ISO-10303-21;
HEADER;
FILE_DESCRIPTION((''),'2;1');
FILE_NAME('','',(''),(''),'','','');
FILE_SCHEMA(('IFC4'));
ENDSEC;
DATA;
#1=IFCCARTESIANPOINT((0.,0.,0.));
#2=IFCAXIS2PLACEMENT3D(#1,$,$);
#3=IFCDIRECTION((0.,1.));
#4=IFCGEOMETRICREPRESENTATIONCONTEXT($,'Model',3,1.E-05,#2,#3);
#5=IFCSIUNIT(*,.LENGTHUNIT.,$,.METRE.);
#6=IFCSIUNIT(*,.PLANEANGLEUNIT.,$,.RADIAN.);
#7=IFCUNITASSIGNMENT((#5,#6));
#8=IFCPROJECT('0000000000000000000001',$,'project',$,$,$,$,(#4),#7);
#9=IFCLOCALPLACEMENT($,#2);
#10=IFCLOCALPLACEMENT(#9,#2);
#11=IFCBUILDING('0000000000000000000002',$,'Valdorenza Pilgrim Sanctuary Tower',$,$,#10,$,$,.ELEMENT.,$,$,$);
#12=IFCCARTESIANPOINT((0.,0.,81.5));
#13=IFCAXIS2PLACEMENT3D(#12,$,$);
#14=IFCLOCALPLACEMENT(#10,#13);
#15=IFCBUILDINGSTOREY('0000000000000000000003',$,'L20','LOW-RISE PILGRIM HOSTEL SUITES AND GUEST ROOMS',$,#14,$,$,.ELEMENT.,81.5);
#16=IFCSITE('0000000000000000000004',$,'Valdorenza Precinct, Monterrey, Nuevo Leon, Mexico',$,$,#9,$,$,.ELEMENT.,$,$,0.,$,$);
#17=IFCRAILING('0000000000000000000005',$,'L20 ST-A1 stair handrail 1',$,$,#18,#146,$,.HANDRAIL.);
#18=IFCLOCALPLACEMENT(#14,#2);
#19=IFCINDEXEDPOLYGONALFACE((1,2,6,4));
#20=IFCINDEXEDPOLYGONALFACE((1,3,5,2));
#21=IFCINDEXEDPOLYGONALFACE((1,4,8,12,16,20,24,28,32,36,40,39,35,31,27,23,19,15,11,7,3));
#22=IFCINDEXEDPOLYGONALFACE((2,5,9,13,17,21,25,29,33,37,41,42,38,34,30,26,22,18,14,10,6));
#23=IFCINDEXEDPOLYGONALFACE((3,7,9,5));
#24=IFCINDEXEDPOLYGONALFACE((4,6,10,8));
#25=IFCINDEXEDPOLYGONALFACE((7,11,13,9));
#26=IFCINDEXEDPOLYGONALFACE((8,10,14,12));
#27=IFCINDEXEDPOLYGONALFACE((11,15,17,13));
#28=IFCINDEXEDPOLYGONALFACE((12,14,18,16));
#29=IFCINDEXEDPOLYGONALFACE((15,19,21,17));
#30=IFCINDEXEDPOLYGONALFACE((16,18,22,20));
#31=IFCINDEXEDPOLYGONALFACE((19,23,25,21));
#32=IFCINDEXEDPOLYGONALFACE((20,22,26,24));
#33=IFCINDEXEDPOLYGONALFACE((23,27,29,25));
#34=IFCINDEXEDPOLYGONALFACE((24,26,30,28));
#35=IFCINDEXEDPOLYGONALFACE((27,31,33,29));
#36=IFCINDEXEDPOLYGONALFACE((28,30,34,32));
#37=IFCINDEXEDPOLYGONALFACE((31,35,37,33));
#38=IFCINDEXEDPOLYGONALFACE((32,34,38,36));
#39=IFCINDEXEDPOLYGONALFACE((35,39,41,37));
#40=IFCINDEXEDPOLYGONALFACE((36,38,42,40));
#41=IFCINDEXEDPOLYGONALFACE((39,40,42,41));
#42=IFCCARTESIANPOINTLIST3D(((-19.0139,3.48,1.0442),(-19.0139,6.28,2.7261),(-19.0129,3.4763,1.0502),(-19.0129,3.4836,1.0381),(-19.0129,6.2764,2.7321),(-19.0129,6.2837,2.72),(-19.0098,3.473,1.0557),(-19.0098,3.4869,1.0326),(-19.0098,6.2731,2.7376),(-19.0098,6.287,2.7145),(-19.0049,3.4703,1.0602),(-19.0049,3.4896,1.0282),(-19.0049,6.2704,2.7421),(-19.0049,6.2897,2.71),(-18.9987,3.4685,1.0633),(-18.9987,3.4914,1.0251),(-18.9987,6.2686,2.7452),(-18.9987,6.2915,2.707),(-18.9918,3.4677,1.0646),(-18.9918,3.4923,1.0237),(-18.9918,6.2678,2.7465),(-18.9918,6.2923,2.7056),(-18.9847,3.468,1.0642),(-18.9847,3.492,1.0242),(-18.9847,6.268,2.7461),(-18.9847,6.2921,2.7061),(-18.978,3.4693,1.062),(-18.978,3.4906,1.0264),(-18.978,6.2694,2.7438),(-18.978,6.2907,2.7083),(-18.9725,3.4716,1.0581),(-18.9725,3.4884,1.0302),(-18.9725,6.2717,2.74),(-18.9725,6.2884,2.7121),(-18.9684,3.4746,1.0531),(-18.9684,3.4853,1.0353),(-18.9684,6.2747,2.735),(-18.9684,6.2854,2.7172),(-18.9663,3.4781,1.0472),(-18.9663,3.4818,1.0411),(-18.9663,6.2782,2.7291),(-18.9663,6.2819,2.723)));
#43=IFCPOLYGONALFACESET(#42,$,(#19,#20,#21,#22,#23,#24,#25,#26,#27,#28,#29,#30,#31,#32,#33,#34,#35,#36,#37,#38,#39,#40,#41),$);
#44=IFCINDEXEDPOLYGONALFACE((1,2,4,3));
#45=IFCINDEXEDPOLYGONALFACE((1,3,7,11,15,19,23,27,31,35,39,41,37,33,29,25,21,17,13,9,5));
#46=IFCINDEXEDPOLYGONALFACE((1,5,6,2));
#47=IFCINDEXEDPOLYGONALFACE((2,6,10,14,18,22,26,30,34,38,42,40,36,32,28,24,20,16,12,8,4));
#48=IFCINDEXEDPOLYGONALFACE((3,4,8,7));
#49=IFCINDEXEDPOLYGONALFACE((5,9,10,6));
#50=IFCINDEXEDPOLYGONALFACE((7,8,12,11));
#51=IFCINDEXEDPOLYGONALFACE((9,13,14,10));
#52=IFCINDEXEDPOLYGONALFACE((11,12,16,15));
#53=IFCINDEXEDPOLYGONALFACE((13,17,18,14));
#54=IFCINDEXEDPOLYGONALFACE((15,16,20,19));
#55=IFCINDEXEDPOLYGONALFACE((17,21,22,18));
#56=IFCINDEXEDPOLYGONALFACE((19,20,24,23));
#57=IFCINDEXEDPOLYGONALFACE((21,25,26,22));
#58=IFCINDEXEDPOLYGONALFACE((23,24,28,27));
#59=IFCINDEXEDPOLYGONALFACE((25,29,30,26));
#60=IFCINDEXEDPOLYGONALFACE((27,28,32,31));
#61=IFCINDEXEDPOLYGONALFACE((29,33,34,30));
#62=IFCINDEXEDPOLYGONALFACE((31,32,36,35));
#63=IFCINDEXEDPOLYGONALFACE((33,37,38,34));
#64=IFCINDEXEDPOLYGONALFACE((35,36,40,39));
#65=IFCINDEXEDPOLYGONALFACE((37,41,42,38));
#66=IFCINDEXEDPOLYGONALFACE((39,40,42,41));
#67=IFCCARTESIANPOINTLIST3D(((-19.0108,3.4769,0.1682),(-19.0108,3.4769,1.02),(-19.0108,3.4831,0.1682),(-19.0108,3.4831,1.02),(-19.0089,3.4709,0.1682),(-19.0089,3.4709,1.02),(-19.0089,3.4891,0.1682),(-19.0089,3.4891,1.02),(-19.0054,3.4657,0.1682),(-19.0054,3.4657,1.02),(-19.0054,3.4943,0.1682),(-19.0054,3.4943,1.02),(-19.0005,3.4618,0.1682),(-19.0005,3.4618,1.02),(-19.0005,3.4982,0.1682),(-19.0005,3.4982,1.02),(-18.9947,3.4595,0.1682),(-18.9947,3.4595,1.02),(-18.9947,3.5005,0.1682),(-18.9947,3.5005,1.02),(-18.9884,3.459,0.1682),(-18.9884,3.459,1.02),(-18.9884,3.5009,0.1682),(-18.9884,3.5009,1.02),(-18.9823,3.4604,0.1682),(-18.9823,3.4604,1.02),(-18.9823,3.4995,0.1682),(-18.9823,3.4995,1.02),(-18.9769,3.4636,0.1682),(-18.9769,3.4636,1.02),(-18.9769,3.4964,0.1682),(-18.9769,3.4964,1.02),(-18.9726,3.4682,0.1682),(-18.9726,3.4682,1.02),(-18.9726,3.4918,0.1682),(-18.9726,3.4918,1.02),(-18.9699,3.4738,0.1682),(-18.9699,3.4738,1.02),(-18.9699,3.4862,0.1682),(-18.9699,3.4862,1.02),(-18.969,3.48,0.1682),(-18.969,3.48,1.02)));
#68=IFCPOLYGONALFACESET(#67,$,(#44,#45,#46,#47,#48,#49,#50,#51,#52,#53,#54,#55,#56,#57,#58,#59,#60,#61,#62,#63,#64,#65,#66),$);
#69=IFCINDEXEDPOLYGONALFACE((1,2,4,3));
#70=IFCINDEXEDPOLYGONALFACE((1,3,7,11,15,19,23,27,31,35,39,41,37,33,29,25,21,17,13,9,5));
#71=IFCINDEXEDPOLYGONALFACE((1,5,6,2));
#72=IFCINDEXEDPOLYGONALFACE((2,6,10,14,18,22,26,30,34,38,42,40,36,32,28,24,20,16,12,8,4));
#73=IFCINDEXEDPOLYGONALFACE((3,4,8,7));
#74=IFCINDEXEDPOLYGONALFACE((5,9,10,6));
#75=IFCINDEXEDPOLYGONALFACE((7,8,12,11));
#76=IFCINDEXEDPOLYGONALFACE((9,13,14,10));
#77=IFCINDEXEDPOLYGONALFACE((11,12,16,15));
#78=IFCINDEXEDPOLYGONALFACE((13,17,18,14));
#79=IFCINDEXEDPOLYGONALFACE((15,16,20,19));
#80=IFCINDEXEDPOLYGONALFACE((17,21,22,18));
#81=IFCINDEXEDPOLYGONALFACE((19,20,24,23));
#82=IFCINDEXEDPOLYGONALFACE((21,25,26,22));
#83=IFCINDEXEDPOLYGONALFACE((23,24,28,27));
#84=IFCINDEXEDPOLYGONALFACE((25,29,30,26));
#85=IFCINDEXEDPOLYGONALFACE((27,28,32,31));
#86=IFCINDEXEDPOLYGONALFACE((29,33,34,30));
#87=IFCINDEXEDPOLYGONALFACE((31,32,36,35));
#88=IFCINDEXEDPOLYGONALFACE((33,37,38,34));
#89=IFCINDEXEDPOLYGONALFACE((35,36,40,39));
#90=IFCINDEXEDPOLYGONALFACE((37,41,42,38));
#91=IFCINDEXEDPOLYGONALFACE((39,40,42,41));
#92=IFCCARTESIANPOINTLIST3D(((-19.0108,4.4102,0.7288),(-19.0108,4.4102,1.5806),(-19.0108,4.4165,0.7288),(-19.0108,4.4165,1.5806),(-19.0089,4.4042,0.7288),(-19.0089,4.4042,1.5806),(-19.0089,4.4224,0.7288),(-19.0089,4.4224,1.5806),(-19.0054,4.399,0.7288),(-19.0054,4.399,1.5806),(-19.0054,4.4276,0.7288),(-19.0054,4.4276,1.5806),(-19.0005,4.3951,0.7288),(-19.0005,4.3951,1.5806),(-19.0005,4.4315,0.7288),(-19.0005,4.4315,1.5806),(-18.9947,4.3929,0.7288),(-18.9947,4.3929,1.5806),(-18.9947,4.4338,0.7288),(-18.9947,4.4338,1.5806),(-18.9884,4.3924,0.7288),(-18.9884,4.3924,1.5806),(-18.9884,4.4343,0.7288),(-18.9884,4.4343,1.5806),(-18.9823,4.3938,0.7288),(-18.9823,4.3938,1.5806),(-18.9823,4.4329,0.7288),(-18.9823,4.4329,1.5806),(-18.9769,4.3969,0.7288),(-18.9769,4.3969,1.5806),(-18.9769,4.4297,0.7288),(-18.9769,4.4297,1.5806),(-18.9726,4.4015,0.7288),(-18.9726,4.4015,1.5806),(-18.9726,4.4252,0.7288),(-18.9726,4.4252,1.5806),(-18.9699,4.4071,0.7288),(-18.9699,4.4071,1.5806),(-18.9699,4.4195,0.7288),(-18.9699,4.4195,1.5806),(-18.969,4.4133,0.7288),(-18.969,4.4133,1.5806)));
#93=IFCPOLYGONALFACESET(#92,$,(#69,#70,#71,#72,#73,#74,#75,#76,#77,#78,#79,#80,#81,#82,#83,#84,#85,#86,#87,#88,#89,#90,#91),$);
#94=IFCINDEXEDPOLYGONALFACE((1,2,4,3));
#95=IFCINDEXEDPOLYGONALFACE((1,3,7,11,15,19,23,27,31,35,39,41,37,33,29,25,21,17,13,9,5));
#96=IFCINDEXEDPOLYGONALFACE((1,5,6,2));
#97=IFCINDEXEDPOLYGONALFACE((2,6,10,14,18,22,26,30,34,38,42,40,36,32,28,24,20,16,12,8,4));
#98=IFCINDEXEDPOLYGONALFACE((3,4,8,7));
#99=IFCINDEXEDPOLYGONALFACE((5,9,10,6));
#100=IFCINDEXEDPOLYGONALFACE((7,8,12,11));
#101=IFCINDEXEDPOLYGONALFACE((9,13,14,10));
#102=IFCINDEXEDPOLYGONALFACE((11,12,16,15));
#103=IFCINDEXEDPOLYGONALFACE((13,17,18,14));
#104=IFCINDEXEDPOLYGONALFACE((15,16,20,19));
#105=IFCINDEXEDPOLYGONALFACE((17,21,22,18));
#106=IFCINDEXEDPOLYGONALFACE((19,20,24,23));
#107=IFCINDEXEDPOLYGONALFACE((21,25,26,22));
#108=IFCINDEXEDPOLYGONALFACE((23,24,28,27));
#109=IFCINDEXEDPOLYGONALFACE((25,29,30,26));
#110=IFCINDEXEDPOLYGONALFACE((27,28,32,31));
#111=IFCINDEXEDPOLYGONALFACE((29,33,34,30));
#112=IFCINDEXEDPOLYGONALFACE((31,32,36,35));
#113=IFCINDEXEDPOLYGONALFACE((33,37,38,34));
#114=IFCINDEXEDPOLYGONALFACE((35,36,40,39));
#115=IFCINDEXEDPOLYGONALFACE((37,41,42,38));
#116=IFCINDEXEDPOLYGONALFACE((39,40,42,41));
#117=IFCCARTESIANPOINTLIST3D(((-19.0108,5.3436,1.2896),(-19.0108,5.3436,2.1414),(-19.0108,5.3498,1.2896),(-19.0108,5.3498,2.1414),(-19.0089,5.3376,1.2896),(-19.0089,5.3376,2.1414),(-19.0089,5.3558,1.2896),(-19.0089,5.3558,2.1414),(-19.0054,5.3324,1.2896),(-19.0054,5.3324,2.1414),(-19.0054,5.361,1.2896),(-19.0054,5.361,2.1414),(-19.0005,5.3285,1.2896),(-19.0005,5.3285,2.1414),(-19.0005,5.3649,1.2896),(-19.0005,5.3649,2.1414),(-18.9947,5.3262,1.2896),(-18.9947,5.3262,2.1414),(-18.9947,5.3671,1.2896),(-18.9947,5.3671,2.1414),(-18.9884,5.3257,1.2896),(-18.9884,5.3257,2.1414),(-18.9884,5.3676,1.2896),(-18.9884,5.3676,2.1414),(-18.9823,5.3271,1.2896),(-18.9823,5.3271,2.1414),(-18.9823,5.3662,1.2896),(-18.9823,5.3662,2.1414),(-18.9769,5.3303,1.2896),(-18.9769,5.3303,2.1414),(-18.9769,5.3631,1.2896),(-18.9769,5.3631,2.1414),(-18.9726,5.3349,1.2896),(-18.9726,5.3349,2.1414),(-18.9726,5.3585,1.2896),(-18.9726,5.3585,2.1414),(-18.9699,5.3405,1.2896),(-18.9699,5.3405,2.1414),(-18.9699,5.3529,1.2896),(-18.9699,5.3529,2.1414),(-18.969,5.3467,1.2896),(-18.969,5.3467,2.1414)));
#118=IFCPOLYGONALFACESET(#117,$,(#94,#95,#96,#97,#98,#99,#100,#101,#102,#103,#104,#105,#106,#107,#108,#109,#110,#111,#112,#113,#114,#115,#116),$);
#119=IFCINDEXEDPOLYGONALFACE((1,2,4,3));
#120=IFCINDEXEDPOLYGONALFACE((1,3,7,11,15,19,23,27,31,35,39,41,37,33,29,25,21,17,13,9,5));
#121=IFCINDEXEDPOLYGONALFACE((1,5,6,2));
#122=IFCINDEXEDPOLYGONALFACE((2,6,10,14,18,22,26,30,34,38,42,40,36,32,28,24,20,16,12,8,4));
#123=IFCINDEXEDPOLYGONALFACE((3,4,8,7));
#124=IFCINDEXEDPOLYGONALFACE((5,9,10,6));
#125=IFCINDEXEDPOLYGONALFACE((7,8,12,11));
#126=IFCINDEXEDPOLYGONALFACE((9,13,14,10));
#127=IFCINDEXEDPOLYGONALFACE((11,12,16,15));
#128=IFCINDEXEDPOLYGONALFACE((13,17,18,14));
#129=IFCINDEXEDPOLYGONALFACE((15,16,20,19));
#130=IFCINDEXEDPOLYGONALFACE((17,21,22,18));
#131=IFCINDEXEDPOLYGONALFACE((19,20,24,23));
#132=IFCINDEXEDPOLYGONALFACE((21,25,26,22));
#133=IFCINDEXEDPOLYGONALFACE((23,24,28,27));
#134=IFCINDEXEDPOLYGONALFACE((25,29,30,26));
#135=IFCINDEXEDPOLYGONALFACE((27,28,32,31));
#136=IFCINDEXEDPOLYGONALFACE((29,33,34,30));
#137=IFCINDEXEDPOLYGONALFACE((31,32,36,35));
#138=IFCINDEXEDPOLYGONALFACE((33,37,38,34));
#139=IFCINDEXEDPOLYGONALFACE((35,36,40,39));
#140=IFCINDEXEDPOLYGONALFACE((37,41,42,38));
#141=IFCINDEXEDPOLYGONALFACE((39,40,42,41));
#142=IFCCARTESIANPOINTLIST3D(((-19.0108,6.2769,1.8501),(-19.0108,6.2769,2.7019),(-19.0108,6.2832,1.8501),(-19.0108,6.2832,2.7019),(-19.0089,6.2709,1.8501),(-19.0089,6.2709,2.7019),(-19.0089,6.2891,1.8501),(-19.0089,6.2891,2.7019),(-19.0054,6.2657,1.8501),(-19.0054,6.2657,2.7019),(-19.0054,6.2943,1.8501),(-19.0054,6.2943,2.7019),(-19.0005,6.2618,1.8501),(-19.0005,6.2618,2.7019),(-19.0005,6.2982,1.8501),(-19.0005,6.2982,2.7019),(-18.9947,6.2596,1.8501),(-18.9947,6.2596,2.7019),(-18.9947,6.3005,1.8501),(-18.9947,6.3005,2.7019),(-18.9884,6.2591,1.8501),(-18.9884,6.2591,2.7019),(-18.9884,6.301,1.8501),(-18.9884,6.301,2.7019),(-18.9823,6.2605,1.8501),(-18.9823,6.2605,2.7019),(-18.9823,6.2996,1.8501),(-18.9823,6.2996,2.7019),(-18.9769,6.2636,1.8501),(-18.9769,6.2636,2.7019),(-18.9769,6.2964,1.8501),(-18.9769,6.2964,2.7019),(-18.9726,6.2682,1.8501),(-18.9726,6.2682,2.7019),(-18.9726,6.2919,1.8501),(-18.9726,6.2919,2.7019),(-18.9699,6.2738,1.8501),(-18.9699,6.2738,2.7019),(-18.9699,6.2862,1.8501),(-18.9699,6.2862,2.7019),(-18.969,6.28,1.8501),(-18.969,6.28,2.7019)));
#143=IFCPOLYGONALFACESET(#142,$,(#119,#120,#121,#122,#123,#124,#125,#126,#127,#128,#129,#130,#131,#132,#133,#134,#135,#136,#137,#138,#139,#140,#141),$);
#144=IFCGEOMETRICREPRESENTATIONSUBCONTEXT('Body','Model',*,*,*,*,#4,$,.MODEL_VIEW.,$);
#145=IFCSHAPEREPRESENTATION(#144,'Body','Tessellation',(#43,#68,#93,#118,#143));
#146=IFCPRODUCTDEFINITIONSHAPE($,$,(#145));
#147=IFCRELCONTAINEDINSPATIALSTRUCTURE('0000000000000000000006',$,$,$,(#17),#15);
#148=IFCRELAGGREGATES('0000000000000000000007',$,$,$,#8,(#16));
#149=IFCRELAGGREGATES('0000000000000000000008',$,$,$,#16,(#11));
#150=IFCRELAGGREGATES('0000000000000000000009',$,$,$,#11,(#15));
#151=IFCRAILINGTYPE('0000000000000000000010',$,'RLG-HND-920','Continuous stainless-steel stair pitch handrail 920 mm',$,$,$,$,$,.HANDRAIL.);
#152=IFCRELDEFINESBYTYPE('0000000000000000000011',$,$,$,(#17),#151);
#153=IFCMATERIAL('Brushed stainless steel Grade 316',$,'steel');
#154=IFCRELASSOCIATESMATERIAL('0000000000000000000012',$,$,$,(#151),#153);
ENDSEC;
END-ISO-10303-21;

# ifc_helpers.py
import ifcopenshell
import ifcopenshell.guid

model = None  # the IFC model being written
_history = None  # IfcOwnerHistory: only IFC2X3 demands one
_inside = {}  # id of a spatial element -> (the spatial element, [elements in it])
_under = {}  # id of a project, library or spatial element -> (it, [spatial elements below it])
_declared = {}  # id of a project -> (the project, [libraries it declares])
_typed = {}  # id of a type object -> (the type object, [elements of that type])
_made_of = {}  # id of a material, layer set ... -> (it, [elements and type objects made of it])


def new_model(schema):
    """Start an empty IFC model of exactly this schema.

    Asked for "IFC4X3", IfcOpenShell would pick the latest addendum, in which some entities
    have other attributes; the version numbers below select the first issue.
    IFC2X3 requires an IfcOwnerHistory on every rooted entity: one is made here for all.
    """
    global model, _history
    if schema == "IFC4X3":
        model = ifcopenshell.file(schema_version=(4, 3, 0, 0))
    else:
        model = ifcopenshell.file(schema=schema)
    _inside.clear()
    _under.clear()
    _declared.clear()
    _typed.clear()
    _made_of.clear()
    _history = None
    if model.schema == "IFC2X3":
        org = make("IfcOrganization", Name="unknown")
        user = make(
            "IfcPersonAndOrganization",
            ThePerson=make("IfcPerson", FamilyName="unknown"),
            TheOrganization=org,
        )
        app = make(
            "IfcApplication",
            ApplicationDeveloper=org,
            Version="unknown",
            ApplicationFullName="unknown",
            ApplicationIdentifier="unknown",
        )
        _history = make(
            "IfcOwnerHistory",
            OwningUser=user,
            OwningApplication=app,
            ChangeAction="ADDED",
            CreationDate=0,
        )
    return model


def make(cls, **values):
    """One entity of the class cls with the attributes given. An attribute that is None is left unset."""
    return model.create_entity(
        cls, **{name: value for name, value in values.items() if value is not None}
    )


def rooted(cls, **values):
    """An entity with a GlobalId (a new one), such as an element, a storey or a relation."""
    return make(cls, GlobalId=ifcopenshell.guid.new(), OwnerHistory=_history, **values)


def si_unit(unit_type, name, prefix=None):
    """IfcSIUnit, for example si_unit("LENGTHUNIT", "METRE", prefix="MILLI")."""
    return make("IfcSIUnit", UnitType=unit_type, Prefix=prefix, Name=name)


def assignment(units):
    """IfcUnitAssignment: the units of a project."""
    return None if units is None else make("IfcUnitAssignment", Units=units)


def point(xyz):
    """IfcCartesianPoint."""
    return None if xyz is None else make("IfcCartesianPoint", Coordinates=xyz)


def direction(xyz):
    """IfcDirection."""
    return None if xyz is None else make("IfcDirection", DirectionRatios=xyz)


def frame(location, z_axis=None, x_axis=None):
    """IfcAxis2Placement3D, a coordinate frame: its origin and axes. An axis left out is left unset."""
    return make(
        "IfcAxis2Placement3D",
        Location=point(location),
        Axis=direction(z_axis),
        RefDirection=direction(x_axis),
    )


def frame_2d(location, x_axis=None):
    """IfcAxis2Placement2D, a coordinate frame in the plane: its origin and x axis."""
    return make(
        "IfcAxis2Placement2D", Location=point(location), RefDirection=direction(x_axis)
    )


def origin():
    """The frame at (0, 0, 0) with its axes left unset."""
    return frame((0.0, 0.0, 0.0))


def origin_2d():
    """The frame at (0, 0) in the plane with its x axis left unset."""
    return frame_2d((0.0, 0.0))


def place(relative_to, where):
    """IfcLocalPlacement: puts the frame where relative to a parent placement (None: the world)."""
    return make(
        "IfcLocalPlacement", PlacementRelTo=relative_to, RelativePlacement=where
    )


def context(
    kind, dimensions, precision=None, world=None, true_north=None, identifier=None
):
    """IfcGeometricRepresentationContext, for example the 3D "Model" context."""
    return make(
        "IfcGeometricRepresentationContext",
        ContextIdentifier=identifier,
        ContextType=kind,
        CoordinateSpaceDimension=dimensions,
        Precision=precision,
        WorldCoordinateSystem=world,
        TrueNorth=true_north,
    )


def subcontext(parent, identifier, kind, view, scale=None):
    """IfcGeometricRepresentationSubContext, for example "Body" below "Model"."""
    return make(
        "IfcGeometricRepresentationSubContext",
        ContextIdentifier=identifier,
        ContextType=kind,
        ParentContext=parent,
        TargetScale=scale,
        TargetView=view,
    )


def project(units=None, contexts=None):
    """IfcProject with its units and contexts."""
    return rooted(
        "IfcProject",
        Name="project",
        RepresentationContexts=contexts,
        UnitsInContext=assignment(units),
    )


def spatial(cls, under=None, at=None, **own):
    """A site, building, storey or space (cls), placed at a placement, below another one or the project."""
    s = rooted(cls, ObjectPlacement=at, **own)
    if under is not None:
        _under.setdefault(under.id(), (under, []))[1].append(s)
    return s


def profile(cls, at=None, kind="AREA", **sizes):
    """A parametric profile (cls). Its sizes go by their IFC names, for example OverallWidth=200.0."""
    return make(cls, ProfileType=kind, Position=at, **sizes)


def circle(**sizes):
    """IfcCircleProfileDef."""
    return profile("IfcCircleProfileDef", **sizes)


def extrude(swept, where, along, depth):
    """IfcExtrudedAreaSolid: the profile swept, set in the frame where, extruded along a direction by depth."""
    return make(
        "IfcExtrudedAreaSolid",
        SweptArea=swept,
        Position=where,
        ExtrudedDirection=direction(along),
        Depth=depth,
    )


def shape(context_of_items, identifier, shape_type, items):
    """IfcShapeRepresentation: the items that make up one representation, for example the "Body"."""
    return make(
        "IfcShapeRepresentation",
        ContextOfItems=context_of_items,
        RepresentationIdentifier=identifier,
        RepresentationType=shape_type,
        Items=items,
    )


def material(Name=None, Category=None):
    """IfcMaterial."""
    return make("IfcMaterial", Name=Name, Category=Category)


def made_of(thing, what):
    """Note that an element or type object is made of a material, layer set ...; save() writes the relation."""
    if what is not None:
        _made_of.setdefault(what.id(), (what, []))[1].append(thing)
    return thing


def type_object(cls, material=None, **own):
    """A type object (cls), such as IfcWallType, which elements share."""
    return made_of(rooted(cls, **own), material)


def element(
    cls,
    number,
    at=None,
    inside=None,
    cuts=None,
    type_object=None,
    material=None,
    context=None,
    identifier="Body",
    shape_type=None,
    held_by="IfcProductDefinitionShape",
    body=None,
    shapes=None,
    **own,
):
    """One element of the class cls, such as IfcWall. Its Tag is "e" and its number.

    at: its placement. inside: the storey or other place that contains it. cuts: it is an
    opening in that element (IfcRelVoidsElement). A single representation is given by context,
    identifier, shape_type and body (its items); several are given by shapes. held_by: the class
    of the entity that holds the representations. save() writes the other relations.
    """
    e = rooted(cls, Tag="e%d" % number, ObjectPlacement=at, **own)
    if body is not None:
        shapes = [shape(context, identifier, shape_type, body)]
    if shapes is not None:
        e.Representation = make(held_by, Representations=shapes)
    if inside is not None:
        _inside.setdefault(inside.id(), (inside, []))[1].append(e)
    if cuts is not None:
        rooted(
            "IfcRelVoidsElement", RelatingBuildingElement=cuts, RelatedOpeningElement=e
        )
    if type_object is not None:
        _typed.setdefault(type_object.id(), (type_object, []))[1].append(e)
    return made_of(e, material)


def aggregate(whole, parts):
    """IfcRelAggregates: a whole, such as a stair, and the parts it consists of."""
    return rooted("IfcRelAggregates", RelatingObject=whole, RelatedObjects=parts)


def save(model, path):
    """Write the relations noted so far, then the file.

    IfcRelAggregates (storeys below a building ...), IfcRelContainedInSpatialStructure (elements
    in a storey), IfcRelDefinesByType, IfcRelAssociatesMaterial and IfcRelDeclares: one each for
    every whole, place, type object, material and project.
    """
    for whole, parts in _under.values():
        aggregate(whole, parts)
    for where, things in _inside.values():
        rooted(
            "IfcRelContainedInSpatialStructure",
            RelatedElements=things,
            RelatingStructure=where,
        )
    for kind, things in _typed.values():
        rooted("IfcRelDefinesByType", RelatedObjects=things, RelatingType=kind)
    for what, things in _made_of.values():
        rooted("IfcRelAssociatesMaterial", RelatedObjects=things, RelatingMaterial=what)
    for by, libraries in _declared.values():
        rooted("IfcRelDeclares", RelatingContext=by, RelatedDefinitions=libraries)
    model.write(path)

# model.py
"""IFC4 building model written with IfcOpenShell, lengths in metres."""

from ifc_helpers import new_model, si_unit, direction, frame, origin, origin_2d, place, context, subcontext, project, spatial, circle, extrude, material, type_object, element, save


model = new_model("IFC4")

# Units and contexts
model_context = context("Model", 3, precision=1e-05, world=origin(), true_north=direction((0.0, 1.0)))
body_context = subcontext(model_context, "Body", "Model", "MODEL_VIEW")
ifc_project = project(units=[si_unit("LENGTHUNIT", "METRE"), si_unit("PLANEANGLEUNIT", "RADIAN")], contexts=[model_context])

# Site, building, storey
site_placement = place(None, origin())
site = spatial("IfcSite", under=ifc_project, at=site_placement, Name="Valdorenza Precinct, Monterrey, Nuevo Leon, Mexico", CompositionType="ELEMENT", RefElevation=0.0)
building_placement = place(site_placement, origin())
building = spatial("IfcBuilding", under=site, at=building_placement, Name="Valdorenza Pilgrim Sanctuary Tower", CompositionType="ELEMENT")
storey_placement = place(building_placement, frame((0.0, 0.0, 81.5)))
storey = spatial("IfcBuildingStorey", under=building, at=storey_placement, Name="L20", Description="LOW-RISE PILGRIM HOSTEL SUITES AND GUEST ROOMS", CompositionType="ELEMENT", Elevation=81.5)

# Shared definitions
ifc_material_1 = material(Name="Brushed stainless steel Grade 316", Category="steel")

# Railing
railing_type_1 = type_object("IfcRailingType", Name="RLG-HND-920", Description="Continuous stainless-steel stair pitch handrail 920 mm", PredefinedType="HANDRAIL", material=ifc_material_1)
railing_1_placement = place(storey_placement, frame((-18.99, 3.48, 0.1682)))
element("IfcRailing", 1, at=railing_1_placement, inside=storey, type_object=railing_type_1, Name="L20 ST-A1 stair handrail 1", PredefinedType="HANDRAIL", context=body_context, shape_type="SweptSolid", body=[
    extrude(circle(Radius=0.0239, at=origin_2d()), frame((0.0, 0.0, 0.876), z_axis=(0.0, 0.857242, 0.514913), x_axis=(-1.0, 0.0, 0.0)), (0.0, 0.0, 1.0), 3.2664),
    extrude(circle(Radius=0.021, at=origin_2d()), origin(), (0.0, 0.0, 1.0), 0.8518),
    extrude(circle(Radius=0.021, at=origin_2d()), frame((0.0, 0.9333, 0.5605)), (0.0, 0.0, 1.0), 0.8518),
    extrude(circle(Radius=0.021, at=origin_2d()), frame((0.0, 1.8667, 1.1213)), (0.0, 0.0, 1.0), 0.8518),
    extrude(circle(Radius=0.021, at=origin_2d()), frame((0.0, 2.8, 1.6819)), (0.0, 0.0, 1.0), 0.8518),
])

save(model, "model.ifc")
